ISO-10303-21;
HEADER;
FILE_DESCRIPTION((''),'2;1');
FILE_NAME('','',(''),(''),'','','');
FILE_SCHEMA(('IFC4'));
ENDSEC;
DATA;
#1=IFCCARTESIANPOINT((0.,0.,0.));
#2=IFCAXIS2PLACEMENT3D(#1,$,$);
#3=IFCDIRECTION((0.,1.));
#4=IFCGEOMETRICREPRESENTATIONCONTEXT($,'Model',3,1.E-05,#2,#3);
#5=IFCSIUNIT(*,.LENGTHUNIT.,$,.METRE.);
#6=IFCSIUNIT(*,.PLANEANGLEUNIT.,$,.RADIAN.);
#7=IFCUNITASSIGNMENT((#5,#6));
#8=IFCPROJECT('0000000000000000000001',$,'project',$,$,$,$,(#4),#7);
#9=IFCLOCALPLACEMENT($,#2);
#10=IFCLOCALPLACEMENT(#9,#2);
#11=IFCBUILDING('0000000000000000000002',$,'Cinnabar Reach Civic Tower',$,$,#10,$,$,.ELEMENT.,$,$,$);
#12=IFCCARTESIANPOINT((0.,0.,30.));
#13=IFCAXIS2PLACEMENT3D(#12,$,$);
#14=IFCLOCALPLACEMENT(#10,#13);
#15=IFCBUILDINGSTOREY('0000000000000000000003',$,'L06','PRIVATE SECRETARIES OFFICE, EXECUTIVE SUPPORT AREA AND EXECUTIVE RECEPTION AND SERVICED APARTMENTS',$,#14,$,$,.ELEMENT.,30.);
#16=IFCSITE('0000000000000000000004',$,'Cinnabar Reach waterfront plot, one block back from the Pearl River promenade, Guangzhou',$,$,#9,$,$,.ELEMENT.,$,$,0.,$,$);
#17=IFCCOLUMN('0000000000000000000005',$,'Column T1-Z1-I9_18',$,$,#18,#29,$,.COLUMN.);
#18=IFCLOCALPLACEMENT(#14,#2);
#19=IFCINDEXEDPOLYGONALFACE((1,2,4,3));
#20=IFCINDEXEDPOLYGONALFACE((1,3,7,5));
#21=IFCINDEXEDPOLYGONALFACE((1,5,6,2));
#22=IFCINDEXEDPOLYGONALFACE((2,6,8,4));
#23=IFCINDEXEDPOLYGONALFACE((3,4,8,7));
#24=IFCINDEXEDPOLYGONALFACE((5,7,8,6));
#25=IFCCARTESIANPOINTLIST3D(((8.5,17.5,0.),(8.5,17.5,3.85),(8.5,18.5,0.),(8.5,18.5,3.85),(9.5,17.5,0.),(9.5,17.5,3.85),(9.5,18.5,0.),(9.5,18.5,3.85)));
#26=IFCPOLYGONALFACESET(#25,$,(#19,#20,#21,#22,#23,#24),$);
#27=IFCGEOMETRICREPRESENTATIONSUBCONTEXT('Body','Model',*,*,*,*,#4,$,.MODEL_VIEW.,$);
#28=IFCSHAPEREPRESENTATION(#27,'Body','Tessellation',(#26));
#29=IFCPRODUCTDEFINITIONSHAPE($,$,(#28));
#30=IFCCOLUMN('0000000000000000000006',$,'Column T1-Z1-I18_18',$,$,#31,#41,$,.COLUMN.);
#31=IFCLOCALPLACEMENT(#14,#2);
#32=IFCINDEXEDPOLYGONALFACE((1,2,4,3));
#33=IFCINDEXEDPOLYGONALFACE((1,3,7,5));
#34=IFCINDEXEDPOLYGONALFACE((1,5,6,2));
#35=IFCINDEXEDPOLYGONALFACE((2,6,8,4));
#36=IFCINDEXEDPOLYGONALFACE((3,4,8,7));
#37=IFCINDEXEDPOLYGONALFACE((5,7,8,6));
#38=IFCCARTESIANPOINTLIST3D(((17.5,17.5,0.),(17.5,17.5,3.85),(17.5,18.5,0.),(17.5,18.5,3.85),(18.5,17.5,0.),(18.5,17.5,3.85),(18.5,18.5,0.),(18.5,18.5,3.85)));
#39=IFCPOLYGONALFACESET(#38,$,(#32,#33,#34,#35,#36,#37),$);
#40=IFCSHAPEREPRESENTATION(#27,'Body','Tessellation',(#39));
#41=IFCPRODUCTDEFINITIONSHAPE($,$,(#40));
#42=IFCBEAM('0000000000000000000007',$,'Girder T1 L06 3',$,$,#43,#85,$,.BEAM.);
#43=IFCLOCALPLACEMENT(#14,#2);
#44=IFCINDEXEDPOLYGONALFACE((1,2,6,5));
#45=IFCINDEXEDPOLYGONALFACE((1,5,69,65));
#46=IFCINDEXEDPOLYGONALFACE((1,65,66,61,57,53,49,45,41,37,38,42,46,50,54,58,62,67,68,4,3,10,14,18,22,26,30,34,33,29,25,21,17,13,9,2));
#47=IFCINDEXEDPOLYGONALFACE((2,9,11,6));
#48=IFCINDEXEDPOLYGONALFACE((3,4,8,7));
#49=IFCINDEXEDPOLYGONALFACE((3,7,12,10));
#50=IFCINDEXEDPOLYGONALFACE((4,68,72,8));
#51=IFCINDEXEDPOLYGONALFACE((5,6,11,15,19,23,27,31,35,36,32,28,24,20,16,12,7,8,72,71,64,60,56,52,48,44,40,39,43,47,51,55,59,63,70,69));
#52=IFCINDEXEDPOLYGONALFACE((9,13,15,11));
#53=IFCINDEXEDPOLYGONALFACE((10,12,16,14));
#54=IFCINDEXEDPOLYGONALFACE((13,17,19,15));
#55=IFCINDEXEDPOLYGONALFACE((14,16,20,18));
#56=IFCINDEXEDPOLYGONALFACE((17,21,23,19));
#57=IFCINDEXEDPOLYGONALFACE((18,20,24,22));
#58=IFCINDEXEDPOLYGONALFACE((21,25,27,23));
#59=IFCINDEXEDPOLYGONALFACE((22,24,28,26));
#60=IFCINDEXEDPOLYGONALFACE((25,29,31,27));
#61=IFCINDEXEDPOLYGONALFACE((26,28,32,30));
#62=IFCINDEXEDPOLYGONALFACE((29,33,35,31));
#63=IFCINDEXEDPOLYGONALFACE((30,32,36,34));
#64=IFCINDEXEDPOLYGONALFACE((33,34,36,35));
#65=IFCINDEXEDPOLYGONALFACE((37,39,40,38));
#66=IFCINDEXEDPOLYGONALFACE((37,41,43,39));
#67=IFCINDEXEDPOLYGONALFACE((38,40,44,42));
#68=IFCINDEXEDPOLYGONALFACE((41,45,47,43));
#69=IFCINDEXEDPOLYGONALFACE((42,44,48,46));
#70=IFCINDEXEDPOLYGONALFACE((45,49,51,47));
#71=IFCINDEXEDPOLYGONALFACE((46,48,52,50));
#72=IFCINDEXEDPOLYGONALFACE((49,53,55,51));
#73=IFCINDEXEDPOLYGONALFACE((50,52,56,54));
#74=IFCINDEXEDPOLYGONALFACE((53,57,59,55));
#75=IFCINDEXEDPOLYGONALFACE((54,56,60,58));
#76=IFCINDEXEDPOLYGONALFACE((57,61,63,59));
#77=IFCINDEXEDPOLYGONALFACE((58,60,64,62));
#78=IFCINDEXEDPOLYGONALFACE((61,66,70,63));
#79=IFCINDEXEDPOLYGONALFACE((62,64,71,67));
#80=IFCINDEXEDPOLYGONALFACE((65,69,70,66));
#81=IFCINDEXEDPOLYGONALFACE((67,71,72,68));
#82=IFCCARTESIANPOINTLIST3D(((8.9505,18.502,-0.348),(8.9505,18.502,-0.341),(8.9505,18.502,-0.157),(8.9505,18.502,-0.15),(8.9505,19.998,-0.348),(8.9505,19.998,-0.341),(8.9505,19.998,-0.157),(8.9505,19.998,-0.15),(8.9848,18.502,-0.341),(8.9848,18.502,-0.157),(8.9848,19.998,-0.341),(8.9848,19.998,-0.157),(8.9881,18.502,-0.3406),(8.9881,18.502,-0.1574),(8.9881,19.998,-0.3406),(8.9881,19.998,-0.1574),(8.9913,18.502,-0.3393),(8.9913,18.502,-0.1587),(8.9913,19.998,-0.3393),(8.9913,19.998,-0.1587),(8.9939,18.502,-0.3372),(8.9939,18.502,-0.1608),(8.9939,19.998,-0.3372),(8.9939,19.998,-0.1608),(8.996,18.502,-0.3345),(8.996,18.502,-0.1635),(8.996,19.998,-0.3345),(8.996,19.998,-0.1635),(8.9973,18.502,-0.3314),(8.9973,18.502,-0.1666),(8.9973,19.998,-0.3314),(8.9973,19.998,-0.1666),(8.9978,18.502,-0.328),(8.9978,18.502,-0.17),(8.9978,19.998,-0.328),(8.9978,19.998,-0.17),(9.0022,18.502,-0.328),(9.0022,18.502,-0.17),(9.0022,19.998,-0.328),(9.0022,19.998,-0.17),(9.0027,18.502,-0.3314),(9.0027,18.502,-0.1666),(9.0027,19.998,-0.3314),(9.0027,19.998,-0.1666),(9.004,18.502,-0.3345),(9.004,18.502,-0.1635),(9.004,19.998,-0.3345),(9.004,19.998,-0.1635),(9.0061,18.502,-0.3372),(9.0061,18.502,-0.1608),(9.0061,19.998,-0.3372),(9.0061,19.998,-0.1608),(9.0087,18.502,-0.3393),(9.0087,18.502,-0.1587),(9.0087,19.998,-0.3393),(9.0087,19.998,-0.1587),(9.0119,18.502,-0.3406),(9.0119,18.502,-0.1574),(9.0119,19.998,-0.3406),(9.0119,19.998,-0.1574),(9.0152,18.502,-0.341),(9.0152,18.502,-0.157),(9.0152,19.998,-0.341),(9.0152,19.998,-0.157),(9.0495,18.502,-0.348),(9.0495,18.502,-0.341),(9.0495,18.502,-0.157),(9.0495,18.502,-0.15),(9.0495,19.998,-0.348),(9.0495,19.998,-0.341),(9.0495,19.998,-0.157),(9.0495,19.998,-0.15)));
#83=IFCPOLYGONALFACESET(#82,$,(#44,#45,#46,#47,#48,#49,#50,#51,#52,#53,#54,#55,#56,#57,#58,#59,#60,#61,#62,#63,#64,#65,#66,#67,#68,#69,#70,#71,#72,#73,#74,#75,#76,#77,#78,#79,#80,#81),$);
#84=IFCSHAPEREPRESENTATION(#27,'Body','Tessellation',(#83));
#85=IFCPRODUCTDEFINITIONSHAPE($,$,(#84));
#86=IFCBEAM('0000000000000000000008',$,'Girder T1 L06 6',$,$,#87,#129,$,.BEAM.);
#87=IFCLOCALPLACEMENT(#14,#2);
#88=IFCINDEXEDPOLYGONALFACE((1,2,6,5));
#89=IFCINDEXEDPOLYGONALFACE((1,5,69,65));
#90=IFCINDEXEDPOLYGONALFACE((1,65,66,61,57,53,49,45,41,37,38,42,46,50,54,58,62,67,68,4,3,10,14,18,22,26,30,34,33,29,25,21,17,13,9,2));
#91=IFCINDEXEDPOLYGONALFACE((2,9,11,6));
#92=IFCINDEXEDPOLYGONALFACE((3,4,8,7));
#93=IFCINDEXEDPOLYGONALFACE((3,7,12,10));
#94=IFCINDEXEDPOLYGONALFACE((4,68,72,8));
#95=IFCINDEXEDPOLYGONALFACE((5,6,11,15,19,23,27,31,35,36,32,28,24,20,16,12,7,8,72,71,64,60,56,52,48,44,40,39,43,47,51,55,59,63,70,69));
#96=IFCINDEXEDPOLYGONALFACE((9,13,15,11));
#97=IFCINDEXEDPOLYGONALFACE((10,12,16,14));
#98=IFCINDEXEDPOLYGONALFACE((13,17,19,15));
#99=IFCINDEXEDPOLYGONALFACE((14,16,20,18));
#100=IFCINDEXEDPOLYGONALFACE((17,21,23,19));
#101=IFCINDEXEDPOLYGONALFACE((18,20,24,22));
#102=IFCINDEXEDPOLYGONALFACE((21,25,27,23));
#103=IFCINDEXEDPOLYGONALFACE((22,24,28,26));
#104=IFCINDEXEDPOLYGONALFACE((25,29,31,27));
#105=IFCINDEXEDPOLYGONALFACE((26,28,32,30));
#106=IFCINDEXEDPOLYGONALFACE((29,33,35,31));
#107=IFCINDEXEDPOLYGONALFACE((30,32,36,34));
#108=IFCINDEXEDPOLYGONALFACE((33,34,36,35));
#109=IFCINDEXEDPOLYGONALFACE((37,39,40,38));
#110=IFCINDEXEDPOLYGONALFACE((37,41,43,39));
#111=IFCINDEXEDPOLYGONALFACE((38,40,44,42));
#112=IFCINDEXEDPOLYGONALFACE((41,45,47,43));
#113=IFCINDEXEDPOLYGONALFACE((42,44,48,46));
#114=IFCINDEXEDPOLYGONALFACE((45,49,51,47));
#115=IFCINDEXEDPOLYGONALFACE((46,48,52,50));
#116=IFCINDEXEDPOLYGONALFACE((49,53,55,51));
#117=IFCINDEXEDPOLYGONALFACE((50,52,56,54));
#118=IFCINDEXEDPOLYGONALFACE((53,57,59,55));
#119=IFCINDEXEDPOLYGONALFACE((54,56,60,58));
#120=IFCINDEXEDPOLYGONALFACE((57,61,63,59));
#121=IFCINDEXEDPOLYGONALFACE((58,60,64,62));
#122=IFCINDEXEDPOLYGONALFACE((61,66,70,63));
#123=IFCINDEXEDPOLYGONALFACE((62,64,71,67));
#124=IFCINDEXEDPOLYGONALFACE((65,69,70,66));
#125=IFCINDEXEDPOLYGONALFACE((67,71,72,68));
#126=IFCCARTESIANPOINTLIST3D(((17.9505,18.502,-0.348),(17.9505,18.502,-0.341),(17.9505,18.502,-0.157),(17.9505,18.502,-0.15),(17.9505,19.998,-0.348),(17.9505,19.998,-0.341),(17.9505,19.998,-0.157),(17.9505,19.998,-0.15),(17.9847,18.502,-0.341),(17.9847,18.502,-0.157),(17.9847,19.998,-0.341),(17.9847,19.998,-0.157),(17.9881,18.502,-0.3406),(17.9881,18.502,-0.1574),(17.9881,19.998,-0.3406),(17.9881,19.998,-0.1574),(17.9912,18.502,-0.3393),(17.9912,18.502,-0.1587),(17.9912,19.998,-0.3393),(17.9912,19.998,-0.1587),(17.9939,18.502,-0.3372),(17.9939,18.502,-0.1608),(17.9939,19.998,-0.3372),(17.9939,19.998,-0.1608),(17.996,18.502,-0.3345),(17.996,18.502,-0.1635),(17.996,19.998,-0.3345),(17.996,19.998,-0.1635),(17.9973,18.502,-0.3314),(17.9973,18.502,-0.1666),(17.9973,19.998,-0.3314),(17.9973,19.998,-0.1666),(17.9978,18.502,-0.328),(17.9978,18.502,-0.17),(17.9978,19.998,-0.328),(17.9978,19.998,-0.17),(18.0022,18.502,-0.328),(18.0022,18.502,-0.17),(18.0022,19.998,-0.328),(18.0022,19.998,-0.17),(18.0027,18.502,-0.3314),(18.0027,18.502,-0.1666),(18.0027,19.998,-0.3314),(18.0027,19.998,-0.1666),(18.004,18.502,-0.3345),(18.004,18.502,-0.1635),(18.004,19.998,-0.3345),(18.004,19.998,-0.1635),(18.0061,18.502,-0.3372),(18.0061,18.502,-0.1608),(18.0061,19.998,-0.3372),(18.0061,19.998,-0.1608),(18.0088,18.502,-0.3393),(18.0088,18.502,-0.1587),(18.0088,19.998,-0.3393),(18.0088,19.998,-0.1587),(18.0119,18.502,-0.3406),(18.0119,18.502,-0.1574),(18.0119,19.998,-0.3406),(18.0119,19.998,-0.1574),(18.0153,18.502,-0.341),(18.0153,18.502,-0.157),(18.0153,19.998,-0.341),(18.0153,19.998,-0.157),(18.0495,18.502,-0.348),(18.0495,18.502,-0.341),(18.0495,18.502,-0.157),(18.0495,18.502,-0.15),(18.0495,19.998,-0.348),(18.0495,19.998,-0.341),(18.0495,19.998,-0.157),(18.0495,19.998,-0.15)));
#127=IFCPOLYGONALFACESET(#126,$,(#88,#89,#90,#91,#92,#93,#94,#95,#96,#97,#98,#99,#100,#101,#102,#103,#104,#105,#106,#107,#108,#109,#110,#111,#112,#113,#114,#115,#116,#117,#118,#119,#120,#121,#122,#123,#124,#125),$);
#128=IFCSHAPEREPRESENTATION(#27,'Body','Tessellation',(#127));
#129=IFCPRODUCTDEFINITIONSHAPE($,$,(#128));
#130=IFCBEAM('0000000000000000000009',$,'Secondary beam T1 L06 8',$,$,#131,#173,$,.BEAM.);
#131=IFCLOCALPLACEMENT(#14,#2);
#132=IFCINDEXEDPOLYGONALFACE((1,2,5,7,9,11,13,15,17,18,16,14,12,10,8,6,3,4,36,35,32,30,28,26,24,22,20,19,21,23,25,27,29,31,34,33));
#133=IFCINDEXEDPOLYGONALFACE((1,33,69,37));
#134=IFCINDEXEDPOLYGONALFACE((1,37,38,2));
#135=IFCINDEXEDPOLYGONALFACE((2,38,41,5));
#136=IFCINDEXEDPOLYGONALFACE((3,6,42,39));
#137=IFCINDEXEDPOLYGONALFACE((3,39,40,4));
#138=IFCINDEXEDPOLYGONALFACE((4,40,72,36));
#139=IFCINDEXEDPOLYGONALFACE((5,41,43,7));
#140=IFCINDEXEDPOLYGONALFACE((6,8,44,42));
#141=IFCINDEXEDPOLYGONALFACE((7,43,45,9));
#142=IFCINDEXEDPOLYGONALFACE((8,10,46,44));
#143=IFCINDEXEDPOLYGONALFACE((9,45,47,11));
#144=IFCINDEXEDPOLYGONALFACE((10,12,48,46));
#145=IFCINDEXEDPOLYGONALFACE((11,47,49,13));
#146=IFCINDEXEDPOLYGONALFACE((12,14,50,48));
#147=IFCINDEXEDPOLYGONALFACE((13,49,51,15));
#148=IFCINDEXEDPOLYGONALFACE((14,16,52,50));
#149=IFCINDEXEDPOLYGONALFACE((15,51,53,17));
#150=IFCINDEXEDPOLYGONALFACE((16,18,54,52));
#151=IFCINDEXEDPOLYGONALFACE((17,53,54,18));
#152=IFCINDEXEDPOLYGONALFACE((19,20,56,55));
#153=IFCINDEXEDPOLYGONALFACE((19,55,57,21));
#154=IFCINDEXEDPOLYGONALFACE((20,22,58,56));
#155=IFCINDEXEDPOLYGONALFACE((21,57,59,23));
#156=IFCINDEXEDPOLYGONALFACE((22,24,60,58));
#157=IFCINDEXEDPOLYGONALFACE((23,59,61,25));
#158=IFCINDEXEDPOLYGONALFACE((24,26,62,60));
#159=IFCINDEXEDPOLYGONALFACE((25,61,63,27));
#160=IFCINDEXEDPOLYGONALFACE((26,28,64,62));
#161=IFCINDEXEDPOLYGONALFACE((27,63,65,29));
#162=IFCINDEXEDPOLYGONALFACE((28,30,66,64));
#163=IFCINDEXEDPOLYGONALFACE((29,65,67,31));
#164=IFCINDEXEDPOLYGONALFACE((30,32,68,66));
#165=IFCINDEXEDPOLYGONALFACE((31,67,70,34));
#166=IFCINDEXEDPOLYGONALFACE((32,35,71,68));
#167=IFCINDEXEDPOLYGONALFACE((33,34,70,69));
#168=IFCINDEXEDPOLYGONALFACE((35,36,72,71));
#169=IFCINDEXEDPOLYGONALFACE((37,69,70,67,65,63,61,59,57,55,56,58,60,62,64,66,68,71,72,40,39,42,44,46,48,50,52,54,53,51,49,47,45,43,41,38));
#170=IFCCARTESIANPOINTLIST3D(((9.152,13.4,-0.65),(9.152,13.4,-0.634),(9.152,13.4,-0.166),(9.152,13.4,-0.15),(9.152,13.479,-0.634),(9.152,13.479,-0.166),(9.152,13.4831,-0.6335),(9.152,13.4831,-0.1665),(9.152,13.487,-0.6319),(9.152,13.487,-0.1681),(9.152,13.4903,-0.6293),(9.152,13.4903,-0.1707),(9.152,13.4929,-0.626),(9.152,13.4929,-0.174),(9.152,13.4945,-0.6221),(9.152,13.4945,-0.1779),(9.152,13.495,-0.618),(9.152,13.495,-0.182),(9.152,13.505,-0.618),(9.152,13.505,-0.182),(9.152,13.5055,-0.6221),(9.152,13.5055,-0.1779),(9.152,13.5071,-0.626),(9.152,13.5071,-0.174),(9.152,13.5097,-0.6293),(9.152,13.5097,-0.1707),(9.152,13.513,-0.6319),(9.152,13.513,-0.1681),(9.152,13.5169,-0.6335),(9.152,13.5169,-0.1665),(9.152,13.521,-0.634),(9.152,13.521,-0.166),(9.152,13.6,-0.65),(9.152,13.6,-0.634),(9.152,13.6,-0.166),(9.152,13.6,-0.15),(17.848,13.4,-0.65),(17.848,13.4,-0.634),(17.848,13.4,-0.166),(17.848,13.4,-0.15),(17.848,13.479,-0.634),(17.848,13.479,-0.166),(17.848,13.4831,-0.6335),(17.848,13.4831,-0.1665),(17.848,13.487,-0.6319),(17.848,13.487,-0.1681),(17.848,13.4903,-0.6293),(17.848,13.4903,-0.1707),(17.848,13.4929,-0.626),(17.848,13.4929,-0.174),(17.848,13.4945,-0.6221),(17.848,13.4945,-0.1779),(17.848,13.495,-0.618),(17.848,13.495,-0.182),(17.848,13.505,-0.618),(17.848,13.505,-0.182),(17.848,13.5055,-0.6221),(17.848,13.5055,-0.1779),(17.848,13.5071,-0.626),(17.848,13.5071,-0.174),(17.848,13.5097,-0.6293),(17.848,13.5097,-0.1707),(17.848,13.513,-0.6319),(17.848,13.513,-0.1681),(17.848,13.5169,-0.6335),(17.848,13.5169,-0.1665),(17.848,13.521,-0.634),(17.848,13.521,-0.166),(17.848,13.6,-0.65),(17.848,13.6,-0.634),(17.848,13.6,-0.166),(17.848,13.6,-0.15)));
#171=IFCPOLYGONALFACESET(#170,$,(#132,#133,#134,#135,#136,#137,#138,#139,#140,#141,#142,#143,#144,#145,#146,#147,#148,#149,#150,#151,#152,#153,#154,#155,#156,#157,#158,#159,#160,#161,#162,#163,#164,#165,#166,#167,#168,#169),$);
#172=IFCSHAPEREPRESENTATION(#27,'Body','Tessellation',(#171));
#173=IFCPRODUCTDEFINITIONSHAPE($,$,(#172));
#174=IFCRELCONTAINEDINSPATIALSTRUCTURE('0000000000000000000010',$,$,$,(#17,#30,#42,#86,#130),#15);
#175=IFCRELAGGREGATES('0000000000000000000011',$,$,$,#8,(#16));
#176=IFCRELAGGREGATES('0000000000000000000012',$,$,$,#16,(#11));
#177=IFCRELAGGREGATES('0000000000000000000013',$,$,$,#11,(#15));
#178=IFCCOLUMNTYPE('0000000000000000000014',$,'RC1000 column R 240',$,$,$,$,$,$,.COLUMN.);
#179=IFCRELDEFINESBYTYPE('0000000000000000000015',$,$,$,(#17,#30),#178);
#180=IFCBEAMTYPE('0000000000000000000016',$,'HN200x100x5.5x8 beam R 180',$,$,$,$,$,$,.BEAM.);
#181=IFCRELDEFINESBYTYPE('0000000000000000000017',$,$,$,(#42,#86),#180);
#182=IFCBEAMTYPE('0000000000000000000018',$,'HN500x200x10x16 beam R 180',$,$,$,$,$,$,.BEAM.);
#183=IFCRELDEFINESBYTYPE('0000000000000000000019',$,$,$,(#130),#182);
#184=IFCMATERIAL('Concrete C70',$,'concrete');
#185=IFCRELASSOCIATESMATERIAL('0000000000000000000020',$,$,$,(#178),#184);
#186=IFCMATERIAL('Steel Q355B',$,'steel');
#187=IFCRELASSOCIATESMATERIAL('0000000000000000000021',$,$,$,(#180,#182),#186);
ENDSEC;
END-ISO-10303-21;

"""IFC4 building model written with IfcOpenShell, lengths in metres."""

from ifc_helpers import new_model, si_unit, direction, frame, origin, origin_2d, place, context, subcontext, project, spatial, rectangle, i_section, extrude, material, material_profile, profile_set, type_object, element, save


model = new_model("IFC4")

# Units and contexts
model_context = context("Model", 3, precision=1e-05, world=origin(), true_north=direction((0.0, 1.0)))
body_context = subcontext(model_context, "Body", "Model", "MODEL_VIEW")
ifc_project = project(units=[si_unit("LENGTHUNIT", "METRE"), si_unit("PLANEANGLEUNIT", "RADIAN")], contexts=[model_context])

# Site, building, storey
site_placement = place(None, origin())
site = spatial("IfcSite", under=ifc_project, at=site_placement, Name="Cinnabar Reach waterfront plot, one block back from the Pearl River promenade, Guangzhou", CompositionType="ELEMENT", RefElevation=0.0)
building_placement = place(site_placement, origin())
building = spatial("IfcBuilding", under=site, at=building_placement, Name="Cinnabar Reach Civic Tower", CompositionType="ELEMENT")
storey_placement = place(building_placement, frame((0.0, 0.0, 30.0)))
storey = spatial("IfcBuildingStorey", under=building, at=storey_placement, Name="L06", Description="PRIVATE SECRETARIES OFFICE, EXECUTIVE SUPPORT AREA AND EXECUTIVE RECEPTION AND SERVICED APARTMENTS", CompositionType="ELEMENT", Elevation=30.0)

# Columns
ifc_material_1 = material(Name="Concrete C70", Category="concrete")
ifc_material_profile_1 = material_profile(ifc_material_1, rectangle(XDim=1.0, YDim=1.0, at=origin_2d()), Name="RC1000")
ifc_profile_set_1 = profile_set([ifc_material_profile_1], Name="Concrete C70")
column_type = type_object("IfcColumnType", Name="RC1000 column R 240", PredefinedType="COLUMN", material=ifc_profile_set_1)
for number, where, z_axis, x_axis, name in (
    (1, (9.0, 18.0, 0.0), (0.0, 0.0, 1.0), (1.0, 0.0, 0.0), "Column T1-Z1-I9_18"),
    (2, (18.0, 18.0, 0.0), (0.0, 0.0, 1.0), (1.0, 0.0, 0.0), "Column T1-Z1-I18_18"),
):
    element("IfcColumn", number, at=place(storey_placement, frame(where, z_axis=z_axis, x_axis=x_axis)), inside=storey, type_object=column_type, Name=name, PredefinedType="COLUMN", context=body_context, shape_type="SweptSolid", body=[
        extrude(rectangle(XDim=1.0, YDim=1.0, at=origin_2d()), origin(), (0.0, 0.0, 1.0), 3.85),
    ])

# Beams
ifc_material_2 = material(Name="Steel Q355B", Category="steel")
ifc_material_profile_2 = material_profile(ifc_material_2, i_section(OverallWidth=0.099, OverallDepth=0.198, WebThickness=0.0045, FlangeThickness=0.007, FilletRadius=0.013, at=origin_2d()), Name="HN200x100x5.5x8")
ifc_profile_set_2 = profile_set([ifc_material_profile_2], Name="Steel Q355B")
beam_type_1 = type_object("IfcBeamType", Name="HN200x100x5.5x8 beam R 180", PredefinedType="BEAM", material=ifc_profile_set_2)
for number, where, z_axis, x_axis, name in (
    (3, (9.0, 18.502, -0.249), (0.0, 1.0, 0.0), (-1.0, 0.0, 0.0), "Girder T1 L06 3"),
    (4, (18.0, 18.502, -0.249), (0.0, 1.0, 0.0), (-1.0, 0.0, 0.0), "Girder T1 L06 6"),
):
    element("IfcBeam", number, at=place(storey_placement, frame(where, z_axis=z_axis, x_axis=x_axis)), inside=storey, type_object=beam_type_1, Name=name, PredefinedType="BEAM", context=body_context, shape_type="SweptSolid", body=[
        extrude(i_section(OverallWidth=0.099, OverallDepth=0.198, WebThickness=0.0045, FlangeThickness=0.007, FilletRadius=0.013, at=origin_2d()), origin(), (0.0, 0.0, 1.0), 1.496),
    ])
ifc_material_profile_3 = material_profile(ifc_material_2, i_section(OverallWidth=0.2, OverallDepth=0.5, WebThickness=0.01, FlangeThickness=0.016, FilletRadius=0.016, at=origin_2d()), Name="HN500x200x10x16")
ifc_profile_set_3 = profile_set([ifc_material_profile_3], Name="Steel Q355B")
beam_type_2 = type_object("IfcBeamType", Name="HN500x200x10x16 beam R 180", PredefinedType="BEAM", material=ifc_profile_set_3)
for number, where, z_axis, x_axis, name in (
    (5, (9.152, 13.5, -0.4), (1.0, 0.0, 0.0), (0.0, 1.0, 0.0), "Secondary beam T1 L06 8"),
):
    element("IfcBeam", number, at=place(storey_placement, frame(where, z_axis=z_axis, x_axis=x_axis)), inside=storey, type_object=beam_type_2, Name=name, PredefinedType="BEAM", context=body_context, shape_type="SweptSolid", body=[
        extrude(i_section(OverallWidth=0.2, OverallDepth=0.5, WebThickness=0.01, FlangeThickness=0.016, FilletRadius=0.016, at=origin_2d()), origin(), (0.0, 0.0, 1.0), 8.696),
    ])

save(model, "model.ifc")
